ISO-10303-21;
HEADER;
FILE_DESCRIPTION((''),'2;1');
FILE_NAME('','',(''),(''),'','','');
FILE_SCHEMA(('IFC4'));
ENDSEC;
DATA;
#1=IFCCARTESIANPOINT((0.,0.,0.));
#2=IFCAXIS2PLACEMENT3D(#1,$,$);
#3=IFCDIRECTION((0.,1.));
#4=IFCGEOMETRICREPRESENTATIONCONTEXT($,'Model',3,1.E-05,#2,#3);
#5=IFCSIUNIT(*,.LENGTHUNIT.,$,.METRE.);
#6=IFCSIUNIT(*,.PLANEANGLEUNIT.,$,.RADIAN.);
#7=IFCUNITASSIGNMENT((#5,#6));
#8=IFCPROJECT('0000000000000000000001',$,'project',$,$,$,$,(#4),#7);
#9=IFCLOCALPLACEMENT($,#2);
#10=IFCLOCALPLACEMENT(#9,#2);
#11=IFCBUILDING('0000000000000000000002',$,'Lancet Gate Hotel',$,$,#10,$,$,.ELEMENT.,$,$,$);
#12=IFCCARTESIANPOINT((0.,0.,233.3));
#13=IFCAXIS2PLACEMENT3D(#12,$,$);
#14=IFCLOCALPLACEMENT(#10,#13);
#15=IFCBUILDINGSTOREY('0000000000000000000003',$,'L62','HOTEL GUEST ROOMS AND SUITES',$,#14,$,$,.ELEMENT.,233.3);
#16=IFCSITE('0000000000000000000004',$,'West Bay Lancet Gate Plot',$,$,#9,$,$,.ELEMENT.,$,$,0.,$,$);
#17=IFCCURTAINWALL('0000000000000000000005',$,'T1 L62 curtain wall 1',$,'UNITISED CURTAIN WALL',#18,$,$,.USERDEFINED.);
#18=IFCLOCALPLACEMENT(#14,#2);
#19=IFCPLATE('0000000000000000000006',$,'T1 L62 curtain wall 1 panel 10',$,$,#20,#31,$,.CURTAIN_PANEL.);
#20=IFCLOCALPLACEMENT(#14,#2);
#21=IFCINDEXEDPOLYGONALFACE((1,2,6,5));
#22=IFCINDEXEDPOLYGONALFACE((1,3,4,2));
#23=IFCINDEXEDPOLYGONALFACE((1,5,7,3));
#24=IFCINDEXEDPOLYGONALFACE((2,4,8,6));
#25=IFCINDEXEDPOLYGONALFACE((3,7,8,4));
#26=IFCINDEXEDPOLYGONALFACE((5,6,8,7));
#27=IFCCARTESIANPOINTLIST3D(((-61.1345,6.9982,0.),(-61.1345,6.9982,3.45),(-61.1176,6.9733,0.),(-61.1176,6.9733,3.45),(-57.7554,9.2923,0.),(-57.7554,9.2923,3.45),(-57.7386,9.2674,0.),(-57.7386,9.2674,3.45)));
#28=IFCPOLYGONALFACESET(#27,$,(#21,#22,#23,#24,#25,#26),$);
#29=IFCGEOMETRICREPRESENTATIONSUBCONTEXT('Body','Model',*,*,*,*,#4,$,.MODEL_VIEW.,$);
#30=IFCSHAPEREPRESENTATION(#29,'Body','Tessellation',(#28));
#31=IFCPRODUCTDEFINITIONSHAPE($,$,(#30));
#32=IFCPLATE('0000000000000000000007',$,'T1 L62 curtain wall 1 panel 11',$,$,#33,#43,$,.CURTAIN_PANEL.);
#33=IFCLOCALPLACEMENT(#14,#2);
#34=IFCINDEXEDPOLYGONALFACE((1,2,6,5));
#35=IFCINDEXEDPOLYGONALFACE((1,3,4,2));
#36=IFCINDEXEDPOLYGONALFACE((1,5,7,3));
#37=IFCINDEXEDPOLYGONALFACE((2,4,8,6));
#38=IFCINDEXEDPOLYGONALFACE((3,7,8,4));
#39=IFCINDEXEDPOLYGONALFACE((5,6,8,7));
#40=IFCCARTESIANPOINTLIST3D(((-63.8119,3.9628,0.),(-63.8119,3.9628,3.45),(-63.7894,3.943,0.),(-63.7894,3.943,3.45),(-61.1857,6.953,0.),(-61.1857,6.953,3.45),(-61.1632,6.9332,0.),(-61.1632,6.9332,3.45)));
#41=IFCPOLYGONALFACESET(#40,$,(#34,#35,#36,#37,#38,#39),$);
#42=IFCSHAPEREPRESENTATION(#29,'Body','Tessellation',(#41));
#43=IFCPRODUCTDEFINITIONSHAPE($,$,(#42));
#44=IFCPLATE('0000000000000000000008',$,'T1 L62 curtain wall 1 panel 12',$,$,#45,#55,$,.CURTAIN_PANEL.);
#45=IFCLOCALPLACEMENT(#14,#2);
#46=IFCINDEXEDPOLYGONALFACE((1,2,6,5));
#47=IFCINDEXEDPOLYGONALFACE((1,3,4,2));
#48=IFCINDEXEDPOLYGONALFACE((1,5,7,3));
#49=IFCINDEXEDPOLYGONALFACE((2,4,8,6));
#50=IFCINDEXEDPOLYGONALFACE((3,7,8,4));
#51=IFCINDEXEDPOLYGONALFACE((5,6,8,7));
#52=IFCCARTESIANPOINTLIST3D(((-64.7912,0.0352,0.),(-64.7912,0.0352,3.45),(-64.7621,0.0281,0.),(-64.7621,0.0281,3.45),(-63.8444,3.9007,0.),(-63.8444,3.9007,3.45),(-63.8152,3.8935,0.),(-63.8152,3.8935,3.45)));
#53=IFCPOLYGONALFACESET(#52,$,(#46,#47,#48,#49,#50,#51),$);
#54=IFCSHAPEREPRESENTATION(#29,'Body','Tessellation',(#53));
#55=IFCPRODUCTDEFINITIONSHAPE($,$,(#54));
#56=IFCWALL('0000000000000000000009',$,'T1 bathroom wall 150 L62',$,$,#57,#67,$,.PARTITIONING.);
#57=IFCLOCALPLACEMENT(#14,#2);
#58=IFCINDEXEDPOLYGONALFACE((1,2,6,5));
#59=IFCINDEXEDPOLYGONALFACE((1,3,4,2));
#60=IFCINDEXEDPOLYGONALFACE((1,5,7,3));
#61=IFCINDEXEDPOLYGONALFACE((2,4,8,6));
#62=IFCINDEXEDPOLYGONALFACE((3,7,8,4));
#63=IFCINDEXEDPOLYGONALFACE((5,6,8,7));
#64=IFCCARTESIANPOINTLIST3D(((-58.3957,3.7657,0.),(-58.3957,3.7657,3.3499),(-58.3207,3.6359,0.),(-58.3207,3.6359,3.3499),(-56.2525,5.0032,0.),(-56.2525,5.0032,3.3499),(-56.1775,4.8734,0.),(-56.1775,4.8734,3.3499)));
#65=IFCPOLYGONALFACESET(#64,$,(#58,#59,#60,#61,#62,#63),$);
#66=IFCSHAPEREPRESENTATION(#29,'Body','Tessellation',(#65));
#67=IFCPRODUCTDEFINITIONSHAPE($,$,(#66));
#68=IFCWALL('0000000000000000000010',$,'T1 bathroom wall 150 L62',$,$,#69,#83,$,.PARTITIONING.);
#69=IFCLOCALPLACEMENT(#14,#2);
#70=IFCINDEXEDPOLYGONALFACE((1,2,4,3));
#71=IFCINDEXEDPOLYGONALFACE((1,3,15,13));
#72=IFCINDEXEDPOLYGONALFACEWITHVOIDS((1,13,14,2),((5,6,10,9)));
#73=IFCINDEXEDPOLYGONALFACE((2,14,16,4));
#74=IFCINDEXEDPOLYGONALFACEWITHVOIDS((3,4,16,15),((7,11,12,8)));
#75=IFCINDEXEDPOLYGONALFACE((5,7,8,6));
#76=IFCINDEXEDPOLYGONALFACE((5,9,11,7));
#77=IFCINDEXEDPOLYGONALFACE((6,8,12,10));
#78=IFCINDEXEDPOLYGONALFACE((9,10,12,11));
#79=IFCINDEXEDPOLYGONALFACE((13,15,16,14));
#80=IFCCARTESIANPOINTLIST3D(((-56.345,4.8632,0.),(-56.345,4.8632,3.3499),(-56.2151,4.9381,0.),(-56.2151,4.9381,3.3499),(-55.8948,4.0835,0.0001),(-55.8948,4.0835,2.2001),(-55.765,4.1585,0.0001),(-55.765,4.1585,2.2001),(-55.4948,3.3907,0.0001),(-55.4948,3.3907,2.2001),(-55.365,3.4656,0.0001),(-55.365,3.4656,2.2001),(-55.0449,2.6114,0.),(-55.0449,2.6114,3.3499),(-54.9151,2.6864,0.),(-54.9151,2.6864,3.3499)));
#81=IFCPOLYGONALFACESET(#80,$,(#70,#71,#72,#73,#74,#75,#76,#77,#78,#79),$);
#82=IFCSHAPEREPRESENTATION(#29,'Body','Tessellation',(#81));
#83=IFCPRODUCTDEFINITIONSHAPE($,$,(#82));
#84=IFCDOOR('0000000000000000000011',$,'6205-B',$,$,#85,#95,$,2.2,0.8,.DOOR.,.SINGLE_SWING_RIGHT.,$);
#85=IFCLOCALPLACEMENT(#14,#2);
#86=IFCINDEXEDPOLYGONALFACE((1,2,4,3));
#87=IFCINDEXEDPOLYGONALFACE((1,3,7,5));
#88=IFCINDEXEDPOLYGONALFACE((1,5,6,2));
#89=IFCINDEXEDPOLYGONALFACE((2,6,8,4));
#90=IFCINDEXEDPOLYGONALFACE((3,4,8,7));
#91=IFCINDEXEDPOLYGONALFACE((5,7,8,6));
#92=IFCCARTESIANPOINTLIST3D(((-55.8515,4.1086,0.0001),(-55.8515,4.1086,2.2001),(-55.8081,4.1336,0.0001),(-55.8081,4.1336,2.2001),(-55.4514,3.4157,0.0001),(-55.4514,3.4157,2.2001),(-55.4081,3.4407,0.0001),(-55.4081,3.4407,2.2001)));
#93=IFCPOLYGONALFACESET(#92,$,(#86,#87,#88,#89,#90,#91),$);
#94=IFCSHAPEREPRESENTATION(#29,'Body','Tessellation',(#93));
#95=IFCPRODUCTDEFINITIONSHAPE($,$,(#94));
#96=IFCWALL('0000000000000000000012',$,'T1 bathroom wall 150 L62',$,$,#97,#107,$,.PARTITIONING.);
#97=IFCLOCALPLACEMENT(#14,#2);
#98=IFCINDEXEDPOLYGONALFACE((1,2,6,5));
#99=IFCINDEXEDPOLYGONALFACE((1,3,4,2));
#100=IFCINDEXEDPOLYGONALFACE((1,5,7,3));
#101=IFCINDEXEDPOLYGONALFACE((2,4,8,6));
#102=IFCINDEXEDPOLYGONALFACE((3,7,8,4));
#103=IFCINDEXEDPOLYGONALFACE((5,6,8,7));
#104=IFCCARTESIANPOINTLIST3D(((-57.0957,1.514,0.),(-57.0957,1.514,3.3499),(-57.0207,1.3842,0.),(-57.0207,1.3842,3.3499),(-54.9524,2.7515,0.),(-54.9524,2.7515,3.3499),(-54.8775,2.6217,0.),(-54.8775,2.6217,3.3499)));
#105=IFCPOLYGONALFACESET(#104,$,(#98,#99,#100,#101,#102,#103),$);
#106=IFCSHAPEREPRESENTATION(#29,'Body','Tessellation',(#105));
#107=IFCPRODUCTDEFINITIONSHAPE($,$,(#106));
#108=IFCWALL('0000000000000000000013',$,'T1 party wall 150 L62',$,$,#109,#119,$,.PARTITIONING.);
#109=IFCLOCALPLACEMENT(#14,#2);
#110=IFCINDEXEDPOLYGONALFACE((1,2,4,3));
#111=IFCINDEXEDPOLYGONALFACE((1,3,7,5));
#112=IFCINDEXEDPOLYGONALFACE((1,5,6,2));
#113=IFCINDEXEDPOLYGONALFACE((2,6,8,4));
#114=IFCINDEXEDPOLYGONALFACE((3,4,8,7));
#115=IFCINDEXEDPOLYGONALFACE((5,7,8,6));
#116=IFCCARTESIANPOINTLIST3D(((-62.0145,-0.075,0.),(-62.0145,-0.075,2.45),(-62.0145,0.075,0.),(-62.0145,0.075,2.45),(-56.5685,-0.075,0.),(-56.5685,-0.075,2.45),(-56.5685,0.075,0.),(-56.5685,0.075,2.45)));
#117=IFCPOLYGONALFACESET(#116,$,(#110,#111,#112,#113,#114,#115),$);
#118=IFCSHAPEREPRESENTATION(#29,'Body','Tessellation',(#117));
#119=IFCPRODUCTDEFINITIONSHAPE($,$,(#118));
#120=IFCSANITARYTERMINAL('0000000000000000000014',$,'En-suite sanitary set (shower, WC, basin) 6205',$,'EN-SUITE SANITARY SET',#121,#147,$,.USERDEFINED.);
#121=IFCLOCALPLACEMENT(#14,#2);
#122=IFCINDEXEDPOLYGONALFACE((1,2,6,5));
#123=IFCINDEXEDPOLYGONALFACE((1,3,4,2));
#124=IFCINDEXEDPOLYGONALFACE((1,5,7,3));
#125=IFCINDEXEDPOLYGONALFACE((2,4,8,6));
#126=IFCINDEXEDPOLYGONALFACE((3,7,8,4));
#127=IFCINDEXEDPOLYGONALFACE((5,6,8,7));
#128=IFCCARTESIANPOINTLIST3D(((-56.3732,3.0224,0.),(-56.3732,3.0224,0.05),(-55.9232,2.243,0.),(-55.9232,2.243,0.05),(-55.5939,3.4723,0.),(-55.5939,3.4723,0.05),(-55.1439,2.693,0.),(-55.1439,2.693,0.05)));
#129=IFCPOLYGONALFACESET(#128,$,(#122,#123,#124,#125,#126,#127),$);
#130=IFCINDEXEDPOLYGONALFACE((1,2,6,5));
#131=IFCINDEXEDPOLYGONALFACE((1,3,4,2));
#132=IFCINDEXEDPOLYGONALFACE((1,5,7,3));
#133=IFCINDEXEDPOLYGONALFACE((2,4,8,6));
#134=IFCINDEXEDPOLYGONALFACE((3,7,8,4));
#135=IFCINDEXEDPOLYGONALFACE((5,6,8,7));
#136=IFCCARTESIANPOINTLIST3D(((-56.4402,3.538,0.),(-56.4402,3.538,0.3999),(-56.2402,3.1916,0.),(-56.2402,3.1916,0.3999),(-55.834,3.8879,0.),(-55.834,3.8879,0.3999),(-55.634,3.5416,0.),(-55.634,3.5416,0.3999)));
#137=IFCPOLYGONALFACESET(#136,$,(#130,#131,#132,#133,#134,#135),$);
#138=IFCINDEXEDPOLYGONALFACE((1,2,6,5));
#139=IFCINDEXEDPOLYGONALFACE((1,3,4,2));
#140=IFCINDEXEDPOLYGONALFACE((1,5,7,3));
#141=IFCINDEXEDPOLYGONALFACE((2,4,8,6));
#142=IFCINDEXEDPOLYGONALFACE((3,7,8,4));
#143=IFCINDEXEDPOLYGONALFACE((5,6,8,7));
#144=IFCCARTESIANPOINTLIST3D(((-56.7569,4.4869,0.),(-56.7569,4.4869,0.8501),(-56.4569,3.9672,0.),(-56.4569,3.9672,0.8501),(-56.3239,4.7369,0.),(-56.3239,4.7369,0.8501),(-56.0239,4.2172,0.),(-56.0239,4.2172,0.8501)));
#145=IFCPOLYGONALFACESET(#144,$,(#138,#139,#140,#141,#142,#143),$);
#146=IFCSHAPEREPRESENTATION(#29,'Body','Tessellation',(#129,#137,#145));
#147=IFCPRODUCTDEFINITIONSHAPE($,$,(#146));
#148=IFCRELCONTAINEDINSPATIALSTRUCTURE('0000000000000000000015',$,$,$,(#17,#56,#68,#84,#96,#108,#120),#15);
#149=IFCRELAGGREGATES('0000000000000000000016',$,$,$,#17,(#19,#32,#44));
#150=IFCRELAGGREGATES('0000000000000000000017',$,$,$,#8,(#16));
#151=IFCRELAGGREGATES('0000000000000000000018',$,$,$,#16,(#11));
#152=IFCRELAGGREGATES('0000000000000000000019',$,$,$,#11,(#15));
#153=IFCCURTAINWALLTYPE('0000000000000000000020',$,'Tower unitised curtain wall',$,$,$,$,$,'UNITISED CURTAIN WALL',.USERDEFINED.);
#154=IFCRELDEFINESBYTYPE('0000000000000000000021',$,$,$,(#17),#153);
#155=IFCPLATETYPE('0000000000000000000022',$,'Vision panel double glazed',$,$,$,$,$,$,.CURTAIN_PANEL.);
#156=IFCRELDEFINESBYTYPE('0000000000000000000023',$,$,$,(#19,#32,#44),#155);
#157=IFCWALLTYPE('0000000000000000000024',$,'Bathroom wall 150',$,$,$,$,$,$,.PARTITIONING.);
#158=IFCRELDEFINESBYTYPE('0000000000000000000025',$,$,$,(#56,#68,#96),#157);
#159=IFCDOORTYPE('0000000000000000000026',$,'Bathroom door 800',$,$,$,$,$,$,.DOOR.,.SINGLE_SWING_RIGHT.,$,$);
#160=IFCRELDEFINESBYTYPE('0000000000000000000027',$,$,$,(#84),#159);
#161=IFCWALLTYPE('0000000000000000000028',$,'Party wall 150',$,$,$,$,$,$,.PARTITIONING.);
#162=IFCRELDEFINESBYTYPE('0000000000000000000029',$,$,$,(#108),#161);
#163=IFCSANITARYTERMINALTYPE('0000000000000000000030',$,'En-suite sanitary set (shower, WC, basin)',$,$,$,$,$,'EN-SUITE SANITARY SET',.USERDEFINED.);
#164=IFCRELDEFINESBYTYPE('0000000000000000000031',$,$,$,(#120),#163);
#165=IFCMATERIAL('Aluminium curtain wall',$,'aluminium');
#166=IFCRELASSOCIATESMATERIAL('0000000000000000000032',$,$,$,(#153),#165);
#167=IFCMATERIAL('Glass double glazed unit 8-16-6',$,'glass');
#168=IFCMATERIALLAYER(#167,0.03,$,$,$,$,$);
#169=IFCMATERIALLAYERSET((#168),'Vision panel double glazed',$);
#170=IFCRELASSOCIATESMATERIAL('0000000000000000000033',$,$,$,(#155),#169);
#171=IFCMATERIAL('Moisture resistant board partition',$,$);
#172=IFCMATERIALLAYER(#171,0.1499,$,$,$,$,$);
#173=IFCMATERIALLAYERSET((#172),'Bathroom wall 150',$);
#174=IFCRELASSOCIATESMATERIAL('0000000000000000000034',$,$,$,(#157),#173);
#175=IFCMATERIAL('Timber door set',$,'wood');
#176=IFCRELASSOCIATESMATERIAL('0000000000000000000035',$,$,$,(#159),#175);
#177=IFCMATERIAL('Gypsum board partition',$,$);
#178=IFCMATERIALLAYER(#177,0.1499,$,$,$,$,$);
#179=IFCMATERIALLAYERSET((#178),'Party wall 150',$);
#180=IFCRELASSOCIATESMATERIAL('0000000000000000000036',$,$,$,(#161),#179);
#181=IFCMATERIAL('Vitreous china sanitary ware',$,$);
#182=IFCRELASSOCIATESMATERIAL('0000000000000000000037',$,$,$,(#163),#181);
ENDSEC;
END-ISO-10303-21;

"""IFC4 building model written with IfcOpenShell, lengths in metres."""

from ifc_helpers import new_model, si_unit, direction, frame, frame_2d, origin, origin_2d, place, context, subcontext, project, spatial, rectangle, extrude, material, layer, layer_set, type_object, element, fill, aggregate, save


model = new_model("IFC4")

# Units and contexts
model_context = context("Model", 3, precision=1e-05, world=origin(), true_north=direction((0.0, 1.0)))
body_context = subcontext(model_context, "Body", "Model", "MODEL_VIEW")
ifc_project = project(units=[si_unit("LENGTHUNIT", "METRE"), si_unit("PLANEANGLEUNIT", "RADIAN")], contexts=[model_context])

# Site, building, storey
site_placement = place(None, origin())
site = spatial("IfcSite", under=ifc_project, at=site_placement, Name="West Bay Lancet Gate Plot", CompositionType="ELEMENT", RefElevation=0.0)
building_placement = place(site_placement, origin())
building = spatial("IfcBuilding", under=site, at=building_placement, Name="Lancet Gate Hotel", CompositionType="ELEMENT")
storey_placement = place(building_placement, frame((0.0, 0.0, 233.3)))
storey = spatial("IfcBuildingStorey", under=building, at=storey_placement, Name="L62", Description="HOTEL GUEST ROOMS AND SUITES", CompositionType="ELEMENT", Elevation=233.3)

# Curtain wall
ifc_material_1 = material(Name="Aluminium curtain wall", Category="aluminium")
curtain_wall_type = type_object("IfcCurtainWallType", Name="Tower unitised curtain wall", ElementType="UNITISED CURTAIN WALL", PredefinedType="USERDEFINED", material=ifc_material_1)
curtain_wall_placement = place(storey_placement, origin())
curtain_wall = element("IfcCurtainWall", 1, at=curtain_wall_placement, inside=storey, type_object=curtain_wall_type, Name="T1 L62 curtain wall 1", ObjectType="UNITISED CURTAIN WALL", PredefinedType="USERDEFINED")

# Plates
ifc_material_2 = material(Name="Glass double glazed unit 8-16-6", Category="glass")
ifc_layer_1 = layer(ifc_material_2, 0.03)
ifc_layer_set_1 = layer_set([ifc_layer_1], Name="Vision panel double glazed")
plate_type = type_object("IfcPlateType", Name="Vision panel double glazed", PredefinedType="CURTAIN_PANEL", material=ifc_layer_set_1)
plate_1_placement = place(storey_placement, frame((-59.4365, 8.1328, 0.0), z_axis=(0.0, 0.0, 1.0), x_axis=(-0.827342, -0.561698, 0.0)))
plate_1 = element("IfcPlate", 2, at=plate_1_placement, type_object=plate_type, Name="T1 L62 curtain wall 1 panel 10", PredefinedType="CURTAIN_PANEL", context=body_context, shape_type="SweptSolid", body=[
    extrude(rectangle(XDim=4.0842, YDim=0.03, at=origin_2d()), origin(), (0.0, 0.0, 1.0), 3.45),
])
plate_2_placement = place(storey_placement, frame((-62.4875, 5.448, 0.0), z_axis=(0.0, 0.0, 1.0), x_axis=(-0.659892, -0.751361, 0.0)))
plate_2 = element("IfcPlate", 3, at=plate_2_placement, type_object=plate_type, Name="T1 L62 curtain wall 1 panel 11", PredefinedType="CURTAIN_PANEL", context=body_context, shape_type="SweptSolid", body=[
    extrude(rectangle(XDim=3.9797, YDim=0.03, at=origin_2d()), origin(), (0.0, 0.0, 1.0), 3.45),
])
plate_3_placement = place(storey_placement, frame((-64.3032, 1.9644, 0.0), z_axis=(0.0, 0.0, 1.0), x_axis=(-0.237921, -0.971285, 0.0)))
plate_3 = element("IfcPlate", 4, at=plate_3_placement, type_object=plate_type, Name="T1 L62 curtain wall 1 panel 12", PredefinedType="CURTAIN_PANEL", context=body_context, shape_type="SweptSolid", body=[
    extrude(rectangle(XDim=3.9797, YDim=0.03, at=origin_2d()), origin(), (0.0, 0.0, 1.0), 3.45),
])
aggregate(curtain_wall, [plate_1, plate_2, plate_3])

# Wall
ifc_material_3 = material(Name="Moisture resistant board partition")
ifc_layer_2 = layer(ifc_material_3, 0.1499)
ifc_layer_set_2 = layer_set([ifc_layer_2], Name="Bathroom wall 150")
wall_type_1 = type_object("IfcWallType", Name="Bathroom wall 150", PredefinedType="PARTITIONING", material=ifc_layer_set_2)
wall_1_placement = place(storey_placement, frame((-56.2151, 4.9382, 0.0), z_axis=(0.0, 0.0, 1.0), x_axis=(-0.866007, -0.500033, 0.0)))
element("IfcWall", 5, at=wall_1_placement, inside=storey, type_object=wall_type_1, Name="T1 bathroom wall 150 L62", PredefinedType="PARTITIONING", context=body_context, shape_type="SweptSolid", body=[
    extrude(rectangle(XDim=2.4749, YDim=0.1499, at=frame_2d((1.2373, 0.0))), origin(), (0.0, 0.0, 1.0), 3.3499),
])

# Wall, opening, door
wall_2_placement = place(storey_placement, frame((-54.98, 2.6489, 0.0), z_axis=(0.0, 0.0, 1.0), x_axis=(-0.500007, 0.866021, 0.0)))
wall_2 = element("IfcWall", 6, at=wall_2_placement, inside=storey, type_object=wall_type_1, Name="T1 bathroom wall 150 L62", PredefinedType="PARTITIONING", context=body_context, shape_type="SweptSolid", body=[
    extrude(rectangle(XDim=2.6001, YDim=0.1499, at=frame_2d((1.3, 0.0))), origin(), (0.0, 0.0, 1.0), 3.3499),
])
opening_placement = place(wall_2_placement, frame((0.8999, 0.0, 0.0)))
opening = element("IfcOpeningElement", 7, at=opening_placement, cuts=wall_2, PredefinedType="OPENING", context=body_context, shape_type="SweptSolid", body=[
    extrude(rectangle(XDim=0.8, YDim=2.2, at=frame_2d((0.3999, 1.1001))), frame((0.0, 0.085, 0.0), z_axis=(0.0, -1.0, 0.0), x_axis=(1.0, 0.0, 0.0)), (0.0, 0.0, 1.0), 0.1699),
])
ifc_material_4 = material(Name="Timber door set", Category="wood")
door_type = type_object("IfcDoorType", Name="Bathroom door 800", OperationType="SINGLE_SWING_RIGHT", PredefinedType="DOOR", material=ifc_material_4)
door_placement = place(opening_placement, origin())
door = element("IfcDoor", 8, at=door_placement, inside=storey, type_object=door_type, Name="6205-B", OperationType="SINGLE_SWING_RIGHT", OverallHeight=2.2, OverallWidth=0.8, PredefinedType="DOOR", context=body_context, shape_type="SweptSolid", body=[
    extrude(rectangle(XDim=0.8, YDim=2.2, at=frame_2d((0.3999, 1.1001))), frame((0.0, 0.0249, 0.0), z_axis=(0.0, -1.0, 0.0), x_axis=(1.0, 0.0, 0.0)), (0.0, 0.0, 1.0), 0.05),
])
fill(opening, door)

# Walls
wall_3_placement = place(storey_placement, frame((-54.915, 2.6865, 0.0), z_axis=(0.0, 0.0, 1.0), x_axis=(-0.866007, -0.500033, 0.0)))
element("IfcWall", 9, at=wall_3_placement, inside=storey, type_object=wall_type_1, Name="T1 bathroom wall 150 L62", PredefinedType="PARTITIONING", context=body_context, shape_type="SweptSolid", body=[
    extrude(rectangle(XDim=2.4749, YDim=0.1499, at=frame_2d((1.2373, 0.0))), origin(), (0.0, 0.0, 1.0), 3.3499),
])
ifc_material_5 = material(Name="Gypsum board partition")
ifc_layer_3 = layer(ifc_material_5, 0.1499)
ifc_layer_set_3 = layer_set([ifc_layer_3], Name="Party wall 150")
wall_type_2 = type_object("IfcWallType", Name="Party wall 150", PredefinedType="PARTITIONING", material=ifc_layer_set_3)
wall_4_placement = place(storey_placement, frame((-56.5684, 0.0, 0.0), z_axis=(0.0, 0.0, 1.0), x_axis=(-1.0, 0.0, 0.0)))
element("IfcWall", 10, at=wall_4_placement, inside=storey, type_object=wall_type_2, Name="T1 party wall 150 L62", PredefinedType="PARTITIONING", context=body_context, shape_type="SweptSolid", body=[
    extrude(rectangle(XDim=5.446, YDim=0.1499, at=frame_2d((2.7231, 0.0))), origin(), (0.0, 0.0, 1.0), 2.45),
])

# Sanitary terminal
ifc_material_6 = material(Name="Vitreous china sanitary ware")
sanitary_terminal_type = type_object("IfcSanitaryTerminalType", Name="En-suite sanitary set (shower, WC, basin)", ElementType="EN-SUITE SANITARY SET", PredefinedType="USERDEFINED", material=ifc_material_6)
sanitary_terminal_placement = place(storey_placement, frame((-55.7585, 2.8577, 0.0), z_axis=(0.0, 0.0, 1.0), x_axis=(1.0, 0.0, 0.0)))
element("IfcSanitaryTerminal", 11, at=sanitary_terminal_placement, inside=storey, type_object=sanitary_terminal_type, Name="En-suite sanitary set (shower, WC, basin) 6205", ObjectType="EN-SUITE SANITARY SET", PredefinedType="USERDEFINED", context=body_context, shape_type="SweptSolid", body=[
    extrude(rectangle(XDim=0.8999, YDim=0.8999, at=origin_2d()), frame((0.0, 0.0, 0.0), z_axis=(0.0, 0.0, 1.0), x_axis=(0.5, -0.866025, 0.0)), (0.0, 0.0, 1.0), 0.05),
    extrude(rectangle(XDim=0.3999, YDim=0.7, at=origin_2d()), frame((-0.2786, 0.6821, 0.0), z_axis=(0.0, 0.0, 1.0), x_axis=(0.5, -0.866025, 0.0)), (0.0, 0.0, 1.0), 0.3999),
    extrude(rectangle(XDim=0.6001, YDim=0.5, at=origin_2d()), frame((-0.6318, 1.4944, 0.0), z_axis=(0.0, 0.0, 1.0), x_axis=(0.5, -0.866025, 0.0)), (0.0, 0.0, 1.0), 0.8501),
])

save(model, "model.ifc")
